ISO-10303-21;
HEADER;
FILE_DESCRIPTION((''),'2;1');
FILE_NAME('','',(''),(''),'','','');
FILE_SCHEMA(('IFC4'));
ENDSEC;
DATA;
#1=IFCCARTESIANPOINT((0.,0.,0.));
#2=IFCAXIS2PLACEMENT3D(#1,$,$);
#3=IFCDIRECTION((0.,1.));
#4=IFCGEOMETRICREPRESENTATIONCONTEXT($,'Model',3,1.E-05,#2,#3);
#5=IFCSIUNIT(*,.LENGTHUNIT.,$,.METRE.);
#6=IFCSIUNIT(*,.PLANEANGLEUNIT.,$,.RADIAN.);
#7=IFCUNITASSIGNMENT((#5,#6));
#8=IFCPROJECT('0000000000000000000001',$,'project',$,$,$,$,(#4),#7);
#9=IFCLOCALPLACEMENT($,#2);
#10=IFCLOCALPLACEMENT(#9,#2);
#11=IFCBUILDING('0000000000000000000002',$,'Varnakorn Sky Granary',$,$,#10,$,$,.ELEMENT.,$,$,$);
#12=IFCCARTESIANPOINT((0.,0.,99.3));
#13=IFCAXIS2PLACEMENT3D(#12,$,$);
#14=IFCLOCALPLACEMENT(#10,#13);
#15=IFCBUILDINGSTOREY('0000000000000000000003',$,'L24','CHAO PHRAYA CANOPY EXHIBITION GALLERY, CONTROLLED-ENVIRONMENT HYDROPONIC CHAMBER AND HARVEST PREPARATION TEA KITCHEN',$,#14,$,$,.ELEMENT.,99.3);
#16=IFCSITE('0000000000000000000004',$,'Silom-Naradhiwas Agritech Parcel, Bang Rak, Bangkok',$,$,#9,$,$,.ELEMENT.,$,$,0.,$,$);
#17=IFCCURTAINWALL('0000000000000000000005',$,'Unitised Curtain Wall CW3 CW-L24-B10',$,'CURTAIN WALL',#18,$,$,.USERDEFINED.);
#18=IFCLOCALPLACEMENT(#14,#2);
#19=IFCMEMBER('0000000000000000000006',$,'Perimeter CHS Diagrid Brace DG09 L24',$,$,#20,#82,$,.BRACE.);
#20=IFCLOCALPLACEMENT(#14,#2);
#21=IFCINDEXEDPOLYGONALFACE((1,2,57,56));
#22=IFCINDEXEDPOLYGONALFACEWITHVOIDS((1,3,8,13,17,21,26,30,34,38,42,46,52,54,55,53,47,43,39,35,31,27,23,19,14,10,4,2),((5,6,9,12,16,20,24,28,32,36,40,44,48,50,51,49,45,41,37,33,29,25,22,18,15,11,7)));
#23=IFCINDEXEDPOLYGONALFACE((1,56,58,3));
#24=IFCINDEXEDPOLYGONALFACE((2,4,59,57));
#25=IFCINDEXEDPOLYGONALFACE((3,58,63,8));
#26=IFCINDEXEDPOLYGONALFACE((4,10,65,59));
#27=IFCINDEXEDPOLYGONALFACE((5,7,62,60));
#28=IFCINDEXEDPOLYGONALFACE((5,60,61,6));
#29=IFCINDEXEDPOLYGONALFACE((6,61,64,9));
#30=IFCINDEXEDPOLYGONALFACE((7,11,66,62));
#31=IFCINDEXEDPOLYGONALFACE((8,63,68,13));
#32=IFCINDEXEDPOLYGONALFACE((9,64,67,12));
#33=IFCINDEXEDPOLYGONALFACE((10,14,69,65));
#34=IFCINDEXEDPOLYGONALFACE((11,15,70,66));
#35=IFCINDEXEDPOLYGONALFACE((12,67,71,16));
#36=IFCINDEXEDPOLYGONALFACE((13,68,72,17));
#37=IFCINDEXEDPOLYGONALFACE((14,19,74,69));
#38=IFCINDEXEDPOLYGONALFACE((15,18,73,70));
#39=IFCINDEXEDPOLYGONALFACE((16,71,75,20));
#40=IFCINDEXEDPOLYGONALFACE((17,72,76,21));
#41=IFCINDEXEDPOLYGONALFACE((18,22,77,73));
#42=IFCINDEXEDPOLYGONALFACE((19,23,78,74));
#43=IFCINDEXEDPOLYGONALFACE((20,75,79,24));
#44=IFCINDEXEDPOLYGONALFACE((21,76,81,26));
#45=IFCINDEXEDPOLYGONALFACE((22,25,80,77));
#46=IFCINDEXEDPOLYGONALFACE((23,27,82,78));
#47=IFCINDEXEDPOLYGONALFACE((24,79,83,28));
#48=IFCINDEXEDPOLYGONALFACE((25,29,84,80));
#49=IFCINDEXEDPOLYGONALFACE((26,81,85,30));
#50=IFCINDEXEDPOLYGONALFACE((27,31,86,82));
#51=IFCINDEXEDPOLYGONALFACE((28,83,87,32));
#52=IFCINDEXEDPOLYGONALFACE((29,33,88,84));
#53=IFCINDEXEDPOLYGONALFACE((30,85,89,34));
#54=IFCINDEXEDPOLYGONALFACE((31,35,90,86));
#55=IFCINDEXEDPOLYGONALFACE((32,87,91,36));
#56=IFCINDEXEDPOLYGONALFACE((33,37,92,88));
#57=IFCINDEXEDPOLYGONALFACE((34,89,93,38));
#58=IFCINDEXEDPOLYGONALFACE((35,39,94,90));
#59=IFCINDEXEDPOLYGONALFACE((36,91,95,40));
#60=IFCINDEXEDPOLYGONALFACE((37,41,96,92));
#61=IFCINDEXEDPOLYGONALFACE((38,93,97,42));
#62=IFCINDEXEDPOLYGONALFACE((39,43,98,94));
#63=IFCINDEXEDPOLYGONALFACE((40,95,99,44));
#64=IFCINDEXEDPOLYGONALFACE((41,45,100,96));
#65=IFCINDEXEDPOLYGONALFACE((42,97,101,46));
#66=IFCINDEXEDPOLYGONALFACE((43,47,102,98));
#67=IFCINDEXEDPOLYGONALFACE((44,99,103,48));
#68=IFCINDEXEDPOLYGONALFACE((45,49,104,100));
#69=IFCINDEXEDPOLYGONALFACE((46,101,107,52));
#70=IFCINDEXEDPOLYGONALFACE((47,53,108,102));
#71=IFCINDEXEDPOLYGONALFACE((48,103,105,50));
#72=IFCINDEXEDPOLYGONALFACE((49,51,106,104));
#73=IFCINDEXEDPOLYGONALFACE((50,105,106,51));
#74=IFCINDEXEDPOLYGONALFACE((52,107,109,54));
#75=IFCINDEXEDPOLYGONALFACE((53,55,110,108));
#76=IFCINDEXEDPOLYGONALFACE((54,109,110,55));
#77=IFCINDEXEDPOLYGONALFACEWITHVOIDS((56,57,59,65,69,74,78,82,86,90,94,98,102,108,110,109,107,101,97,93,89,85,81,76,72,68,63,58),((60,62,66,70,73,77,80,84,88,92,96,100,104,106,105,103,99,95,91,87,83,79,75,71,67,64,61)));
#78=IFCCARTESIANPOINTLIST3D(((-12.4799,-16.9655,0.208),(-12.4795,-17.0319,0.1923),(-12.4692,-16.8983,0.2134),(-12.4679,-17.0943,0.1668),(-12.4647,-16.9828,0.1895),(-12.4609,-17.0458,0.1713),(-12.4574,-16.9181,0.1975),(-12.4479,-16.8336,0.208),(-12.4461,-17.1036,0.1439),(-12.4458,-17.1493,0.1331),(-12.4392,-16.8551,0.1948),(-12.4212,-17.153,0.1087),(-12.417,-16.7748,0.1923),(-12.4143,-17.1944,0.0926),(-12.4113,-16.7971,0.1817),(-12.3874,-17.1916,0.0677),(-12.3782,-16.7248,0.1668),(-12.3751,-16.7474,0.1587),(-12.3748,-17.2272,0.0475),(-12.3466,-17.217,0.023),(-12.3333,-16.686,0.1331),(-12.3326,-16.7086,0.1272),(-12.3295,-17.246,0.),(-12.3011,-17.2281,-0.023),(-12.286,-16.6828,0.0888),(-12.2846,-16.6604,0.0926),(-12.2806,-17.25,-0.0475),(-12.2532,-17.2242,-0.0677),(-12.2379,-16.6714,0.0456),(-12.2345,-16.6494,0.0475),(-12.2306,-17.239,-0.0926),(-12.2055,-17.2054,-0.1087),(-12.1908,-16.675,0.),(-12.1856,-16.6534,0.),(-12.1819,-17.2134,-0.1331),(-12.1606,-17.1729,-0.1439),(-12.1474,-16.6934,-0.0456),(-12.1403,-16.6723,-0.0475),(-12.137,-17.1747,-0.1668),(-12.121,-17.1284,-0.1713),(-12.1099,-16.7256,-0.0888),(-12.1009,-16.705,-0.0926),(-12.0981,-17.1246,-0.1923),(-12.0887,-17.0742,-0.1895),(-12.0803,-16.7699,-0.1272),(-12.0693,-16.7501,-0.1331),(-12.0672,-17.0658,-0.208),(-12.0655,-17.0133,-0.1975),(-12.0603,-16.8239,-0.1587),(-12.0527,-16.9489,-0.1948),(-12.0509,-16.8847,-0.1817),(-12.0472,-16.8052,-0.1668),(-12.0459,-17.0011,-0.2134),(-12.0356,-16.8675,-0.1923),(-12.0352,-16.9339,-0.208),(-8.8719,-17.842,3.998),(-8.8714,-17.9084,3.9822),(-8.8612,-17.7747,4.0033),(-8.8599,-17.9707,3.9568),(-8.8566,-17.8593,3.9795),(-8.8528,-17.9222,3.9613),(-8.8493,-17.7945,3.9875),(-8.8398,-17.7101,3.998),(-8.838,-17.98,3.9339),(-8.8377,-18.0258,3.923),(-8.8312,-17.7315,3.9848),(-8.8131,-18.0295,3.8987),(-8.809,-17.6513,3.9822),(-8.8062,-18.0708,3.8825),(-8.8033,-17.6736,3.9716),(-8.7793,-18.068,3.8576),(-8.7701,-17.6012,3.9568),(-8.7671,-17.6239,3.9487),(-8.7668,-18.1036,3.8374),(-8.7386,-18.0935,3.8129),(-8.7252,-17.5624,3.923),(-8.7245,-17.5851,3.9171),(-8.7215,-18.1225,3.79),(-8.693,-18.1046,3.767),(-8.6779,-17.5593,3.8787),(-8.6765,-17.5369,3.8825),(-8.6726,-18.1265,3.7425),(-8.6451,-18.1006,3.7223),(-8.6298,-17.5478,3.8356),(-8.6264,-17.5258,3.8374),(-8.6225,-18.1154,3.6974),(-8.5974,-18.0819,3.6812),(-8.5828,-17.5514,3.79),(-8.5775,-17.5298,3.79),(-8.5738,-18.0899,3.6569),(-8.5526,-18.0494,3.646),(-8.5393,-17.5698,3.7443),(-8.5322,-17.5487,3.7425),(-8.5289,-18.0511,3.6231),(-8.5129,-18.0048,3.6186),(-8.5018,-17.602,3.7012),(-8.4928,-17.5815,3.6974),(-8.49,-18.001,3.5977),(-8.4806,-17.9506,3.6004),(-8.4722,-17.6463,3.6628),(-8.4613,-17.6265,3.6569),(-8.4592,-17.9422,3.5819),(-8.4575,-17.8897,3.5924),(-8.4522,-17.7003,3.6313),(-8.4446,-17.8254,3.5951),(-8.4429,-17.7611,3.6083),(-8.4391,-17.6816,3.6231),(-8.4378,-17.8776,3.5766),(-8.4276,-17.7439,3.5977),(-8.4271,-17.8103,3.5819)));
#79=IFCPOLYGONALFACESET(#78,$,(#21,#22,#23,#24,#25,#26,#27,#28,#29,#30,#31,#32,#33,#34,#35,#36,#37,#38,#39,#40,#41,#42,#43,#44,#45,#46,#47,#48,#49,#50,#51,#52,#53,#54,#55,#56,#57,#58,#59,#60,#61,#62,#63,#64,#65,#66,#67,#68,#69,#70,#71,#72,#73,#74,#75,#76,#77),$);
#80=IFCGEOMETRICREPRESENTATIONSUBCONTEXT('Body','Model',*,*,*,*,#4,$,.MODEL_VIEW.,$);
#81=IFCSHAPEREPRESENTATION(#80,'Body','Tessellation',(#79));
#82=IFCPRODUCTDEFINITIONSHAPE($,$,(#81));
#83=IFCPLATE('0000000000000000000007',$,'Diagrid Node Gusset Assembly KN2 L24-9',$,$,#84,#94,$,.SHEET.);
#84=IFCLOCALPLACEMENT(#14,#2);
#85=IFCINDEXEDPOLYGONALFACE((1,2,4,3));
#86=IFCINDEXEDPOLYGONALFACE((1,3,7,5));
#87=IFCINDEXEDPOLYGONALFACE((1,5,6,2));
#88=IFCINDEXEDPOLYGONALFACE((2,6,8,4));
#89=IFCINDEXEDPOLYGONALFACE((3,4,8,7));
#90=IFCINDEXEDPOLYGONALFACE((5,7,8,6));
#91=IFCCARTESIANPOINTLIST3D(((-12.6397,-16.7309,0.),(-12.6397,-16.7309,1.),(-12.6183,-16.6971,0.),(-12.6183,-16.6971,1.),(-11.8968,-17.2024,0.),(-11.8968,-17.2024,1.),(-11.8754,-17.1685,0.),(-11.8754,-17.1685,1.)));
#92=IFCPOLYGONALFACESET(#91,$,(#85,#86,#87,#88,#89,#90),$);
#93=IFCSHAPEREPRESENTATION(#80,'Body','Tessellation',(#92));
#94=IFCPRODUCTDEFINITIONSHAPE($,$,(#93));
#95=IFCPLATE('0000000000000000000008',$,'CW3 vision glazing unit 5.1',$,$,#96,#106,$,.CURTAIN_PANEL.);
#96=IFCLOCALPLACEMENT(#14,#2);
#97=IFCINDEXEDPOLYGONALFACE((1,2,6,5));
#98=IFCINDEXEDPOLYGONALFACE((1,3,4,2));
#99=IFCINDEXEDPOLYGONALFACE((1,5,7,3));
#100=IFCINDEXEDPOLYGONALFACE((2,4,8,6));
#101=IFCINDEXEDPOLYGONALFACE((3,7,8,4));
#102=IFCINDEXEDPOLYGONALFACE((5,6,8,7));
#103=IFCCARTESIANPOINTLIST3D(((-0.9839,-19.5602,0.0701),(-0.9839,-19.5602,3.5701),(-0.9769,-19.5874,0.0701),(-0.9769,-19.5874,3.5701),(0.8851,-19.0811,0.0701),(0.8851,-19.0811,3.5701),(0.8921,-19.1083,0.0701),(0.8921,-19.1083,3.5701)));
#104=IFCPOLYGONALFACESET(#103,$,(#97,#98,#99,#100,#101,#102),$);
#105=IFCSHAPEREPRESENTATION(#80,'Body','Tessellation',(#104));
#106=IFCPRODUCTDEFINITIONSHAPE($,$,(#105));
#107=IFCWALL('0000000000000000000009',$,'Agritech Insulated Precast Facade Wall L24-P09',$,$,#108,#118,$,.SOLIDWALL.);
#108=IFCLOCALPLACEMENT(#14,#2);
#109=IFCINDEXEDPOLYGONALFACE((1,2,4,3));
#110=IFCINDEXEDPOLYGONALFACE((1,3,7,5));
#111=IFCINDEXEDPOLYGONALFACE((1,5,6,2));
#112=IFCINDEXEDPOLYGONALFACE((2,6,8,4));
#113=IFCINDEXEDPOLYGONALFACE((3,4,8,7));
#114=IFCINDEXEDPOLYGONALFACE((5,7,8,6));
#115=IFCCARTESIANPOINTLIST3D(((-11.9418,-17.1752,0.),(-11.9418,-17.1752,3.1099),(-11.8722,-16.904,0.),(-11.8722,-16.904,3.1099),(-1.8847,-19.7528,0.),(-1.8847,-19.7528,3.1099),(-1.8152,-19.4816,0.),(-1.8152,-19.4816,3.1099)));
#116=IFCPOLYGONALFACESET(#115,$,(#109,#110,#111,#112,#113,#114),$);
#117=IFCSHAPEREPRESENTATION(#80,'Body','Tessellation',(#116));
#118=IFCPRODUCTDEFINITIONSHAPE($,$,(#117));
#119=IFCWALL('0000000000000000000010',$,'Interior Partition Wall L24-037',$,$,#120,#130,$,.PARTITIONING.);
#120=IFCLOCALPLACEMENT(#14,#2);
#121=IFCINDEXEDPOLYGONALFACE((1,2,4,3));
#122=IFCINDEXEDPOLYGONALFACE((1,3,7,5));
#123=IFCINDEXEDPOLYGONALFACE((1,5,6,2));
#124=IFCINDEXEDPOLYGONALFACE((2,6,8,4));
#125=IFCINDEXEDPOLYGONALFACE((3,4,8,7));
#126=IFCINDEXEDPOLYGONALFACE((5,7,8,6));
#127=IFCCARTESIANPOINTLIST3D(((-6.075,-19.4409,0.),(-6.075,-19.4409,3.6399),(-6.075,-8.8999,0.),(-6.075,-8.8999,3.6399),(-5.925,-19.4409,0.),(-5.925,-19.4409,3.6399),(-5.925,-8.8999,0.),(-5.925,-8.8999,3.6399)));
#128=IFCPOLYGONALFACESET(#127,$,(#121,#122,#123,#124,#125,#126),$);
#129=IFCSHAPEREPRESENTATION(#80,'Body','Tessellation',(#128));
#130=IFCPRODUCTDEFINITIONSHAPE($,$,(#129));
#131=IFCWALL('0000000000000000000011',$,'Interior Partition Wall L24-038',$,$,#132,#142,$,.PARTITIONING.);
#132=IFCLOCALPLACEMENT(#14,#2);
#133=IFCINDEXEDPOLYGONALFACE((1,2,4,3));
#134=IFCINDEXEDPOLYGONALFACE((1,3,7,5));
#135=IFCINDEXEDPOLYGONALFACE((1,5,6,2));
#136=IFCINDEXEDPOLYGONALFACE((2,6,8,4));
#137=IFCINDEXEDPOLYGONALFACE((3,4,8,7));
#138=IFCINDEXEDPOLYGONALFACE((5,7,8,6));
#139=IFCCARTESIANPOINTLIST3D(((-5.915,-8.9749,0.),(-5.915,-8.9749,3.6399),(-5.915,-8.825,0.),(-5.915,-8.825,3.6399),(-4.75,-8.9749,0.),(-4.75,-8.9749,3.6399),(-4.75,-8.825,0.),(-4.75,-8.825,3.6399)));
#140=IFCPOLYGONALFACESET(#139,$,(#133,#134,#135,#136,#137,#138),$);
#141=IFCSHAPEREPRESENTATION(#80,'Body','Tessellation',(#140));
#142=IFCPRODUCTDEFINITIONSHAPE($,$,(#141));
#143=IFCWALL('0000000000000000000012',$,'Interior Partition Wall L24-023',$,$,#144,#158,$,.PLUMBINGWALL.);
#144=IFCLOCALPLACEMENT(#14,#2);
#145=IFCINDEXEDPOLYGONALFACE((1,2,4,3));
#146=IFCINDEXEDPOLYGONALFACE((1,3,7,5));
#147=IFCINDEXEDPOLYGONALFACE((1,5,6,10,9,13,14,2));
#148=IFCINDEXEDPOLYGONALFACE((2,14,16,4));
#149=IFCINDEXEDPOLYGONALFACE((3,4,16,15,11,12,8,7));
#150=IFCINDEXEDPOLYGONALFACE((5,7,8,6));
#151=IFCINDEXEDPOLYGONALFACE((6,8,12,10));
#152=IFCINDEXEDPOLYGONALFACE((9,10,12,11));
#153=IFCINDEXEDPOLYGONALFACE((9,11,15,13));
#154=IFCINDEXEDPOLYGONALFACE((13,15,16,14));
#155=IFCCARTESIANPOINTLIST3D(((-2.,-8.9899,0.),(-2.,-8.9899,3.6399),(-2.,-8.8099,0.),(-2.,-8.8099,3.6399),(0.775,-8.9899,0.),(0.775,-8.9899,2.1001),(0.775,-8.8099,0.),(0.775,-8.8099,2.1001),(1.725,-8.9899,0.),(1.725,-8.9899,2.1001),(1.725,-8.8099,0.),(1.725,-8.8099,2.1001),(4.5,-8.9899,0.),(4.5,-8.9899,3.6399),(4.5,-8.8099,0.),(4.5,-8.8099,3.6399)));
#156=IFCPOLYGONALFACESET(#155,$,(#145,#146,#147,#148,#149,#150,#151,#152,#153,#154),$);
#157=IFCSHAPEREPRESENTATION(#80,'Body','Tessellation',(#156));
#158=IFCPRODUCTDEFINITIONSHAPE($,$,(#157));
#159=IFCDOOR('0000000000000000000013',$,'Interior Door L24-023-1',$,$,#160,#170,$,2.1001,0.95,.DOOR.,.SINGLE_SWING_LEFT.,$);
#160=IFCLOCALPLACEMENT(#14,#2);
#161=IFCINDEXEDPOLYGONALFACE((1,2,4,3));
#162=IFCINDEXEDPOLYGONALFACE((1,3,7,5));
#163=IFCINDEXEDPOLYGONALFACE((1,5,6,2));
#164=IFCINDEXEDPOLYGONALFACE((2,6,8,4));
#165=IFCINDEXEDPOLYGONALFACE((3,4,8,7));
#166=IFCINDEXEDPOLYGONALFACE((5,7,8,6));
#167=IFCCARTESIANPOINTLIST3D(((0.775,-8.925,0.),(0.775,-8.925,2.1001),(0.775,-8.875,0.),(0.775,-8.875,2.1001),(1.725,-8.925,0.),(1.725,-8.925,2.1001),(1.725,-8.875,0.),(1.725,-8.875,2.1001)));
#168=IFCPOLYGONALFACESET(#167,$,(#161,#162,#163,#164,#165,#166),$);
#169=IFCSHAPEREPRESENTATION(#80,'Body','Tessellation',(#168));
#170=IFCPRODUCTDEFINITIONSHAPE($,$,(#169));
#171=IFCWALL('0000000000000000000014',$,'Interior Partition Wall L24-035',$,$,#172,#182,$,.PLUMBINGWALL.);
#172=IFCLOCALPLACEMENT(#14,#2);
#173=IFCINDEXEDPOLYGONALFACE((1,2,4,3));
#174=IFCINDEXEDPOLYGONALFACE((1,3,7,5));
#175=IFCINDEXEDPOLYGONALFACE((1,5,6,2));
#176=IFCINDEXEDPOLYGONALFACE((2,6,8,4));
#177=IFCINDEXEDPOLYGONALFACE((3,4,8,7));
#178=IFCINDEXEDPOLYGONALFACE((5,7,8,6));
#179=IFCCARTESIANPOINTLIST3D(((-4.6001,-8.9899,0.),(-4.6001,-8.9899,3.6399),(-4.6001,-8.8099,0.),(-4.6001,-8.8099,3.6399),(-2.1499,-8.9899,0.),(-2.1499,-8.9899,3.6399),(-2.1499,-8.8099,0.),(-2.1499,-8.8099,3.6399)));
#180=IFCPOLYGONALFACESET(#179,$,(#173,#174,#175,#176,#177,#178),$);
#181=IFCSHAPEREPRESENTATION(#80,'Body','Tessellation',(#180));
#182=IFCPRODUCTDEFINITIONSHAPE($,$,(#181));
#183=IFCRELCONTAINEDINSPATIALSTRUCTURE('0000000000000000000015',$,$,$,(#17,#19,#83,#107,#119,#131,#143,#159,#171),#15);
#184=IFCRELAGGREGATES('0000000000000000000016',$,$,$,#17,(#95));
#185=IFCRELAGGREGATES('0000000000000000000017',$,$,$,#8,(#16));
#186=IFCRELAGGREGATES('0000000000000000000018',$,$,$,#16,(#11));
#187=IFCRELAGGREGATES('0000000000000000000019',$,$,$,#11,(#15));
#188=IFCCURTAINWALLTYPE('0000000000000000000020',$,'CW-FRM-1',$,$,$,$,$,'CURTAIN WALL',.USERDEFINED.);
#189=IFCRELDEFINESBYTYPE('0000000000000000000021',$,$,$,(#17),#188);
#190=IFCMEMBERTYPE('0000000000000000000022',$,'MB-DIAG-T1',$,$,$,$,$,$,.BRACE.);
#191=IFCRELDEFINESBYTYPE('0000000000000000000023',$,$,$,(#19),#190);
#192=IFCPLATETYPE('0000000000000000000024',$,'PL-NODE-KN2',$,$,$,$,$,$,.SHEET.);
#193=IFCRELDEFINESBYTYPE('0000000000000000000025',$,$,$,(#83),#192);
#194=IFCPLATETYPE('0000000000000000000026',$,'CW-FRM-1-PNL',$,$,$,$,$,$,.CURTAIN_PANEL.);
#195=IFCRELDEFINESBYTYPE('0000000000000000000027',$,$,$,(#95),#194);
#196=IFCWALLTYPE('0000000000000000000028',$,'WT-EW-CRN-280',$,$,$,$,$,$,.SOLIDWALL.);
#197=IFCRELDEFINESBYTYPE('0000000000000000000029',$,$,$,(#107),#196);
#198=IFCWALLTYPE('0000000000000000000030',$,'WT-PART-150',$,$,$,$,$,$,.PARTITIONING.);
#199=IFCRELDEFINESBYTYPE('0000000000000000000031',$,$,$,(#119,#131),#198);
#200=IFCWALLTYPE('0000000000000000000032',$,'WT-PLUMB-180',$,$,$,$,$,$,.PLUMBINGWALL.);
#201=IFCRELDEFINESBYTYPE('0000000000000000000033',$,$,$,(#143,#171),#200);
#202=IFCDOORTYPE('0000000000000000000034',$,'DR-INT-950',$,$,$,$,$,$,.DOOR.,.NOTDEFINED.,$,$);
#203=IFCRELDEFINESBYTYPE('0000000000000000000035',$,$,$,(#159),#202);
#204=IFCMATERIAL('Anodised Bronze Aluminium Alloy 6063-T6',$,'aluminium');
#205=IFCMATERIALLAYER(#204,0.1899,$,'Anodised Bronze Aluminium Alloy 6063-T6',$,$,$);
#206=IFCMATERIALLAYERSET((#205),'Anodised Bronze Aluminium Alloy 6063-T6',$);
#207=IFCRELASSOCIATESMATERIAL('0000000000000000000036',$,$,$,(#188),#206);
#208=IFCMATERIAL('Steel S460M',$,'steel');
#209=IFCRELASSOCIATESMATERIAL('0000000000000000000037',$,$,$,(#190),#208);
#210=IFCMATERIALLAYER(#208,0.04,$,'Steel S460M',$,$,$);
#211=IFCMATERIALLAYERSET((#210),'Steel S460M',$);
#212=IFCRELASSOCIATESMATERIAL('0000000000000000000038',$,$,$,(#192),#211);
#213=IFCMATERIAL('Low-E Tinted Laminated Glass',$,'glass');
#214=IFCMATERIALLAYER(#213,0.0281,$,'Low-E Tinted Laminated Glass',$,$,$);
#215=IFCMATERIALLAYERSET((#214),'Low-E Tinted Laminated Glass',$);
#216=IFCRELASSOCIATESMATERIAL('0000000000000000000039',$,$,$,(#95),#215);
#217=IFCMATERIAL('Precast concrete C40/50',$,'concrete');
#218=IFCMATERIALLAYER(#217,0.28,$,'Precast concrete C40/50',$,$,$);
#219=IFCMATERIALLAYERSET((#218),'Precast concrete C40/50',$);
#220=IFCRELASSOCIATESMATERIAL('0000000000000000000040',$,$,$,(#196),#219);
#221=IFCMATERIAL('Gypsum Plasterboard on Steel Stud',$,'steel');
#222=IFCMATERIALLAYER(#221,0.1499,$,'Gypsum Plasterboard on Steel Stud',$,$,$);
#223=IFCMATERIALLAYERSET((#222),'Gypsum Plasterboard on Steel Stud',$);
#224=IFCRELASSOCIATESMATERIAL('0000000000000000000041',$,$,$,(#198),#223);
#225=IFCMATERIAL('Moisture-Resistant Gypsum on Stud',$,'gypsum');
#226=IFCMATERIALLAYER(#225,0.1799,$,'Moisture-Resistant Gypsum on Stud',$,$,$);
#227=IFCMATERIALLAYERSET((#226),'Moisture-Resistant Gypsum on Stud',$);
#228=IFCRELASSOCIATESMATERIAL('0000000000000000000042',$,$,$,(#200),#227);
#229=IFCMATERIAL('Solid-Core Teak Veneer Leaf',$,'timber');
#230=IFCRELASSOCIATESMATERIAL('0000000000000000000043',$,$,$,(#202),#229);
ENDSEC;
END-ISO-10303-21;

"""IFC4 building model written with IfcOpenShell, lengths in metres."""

from ifc_helpers import new_model, si_unit, direction, frame, frame_2d, origin, origin_2d, place, context, subcontext, project, spatial, rectangle, hollow_circle, extrude, source, transform, mapped, material, layer, layer_set, material_profile, profile_set, type_object, type_shapes, element, fill, aggregate, save


model = new_model("IFC4")

# Units and contexts
model_context = context("Model", 3, precision=1e-05, world=origin(), true_north=direction((0.0, 1.0)))
body_context = subcontext(model_context, "Body", "Model", "MODEL_VIEW")
ifc_project = project(units=[si_unit("LENGTHUNIT", "METRE"), si_unit("PLANEANGLEUNIT", "RADIAN")], contexts=[model_context])

# Site, building, storey
site_placement = place(None, origin())
site = spatial("IfcSite", under=ifc_project, at=site_placement, Name="Silom-Naradhiwas Agritech Parcel, Bang Rak, Bangkok", CompositionType="ELEMENT", RefElevation=0.0)
building_placement = place(site_placement, origin())
building = spatial("IfcBuilding", under=site, at=building_placement, Name="Varnakorn Sky Granary", CompositionType="ELEMENT")
storey_placement = place(building_placement, frame((0.0, 0.0, 99.3)))
storey = spatial("IfcBuildingStorey", under=building, at=storey_placement, Name="L24", Description="CHAO PHRAYA CANOPY EXHIBITION GALLERY, CONTROLLED-ENVIRONMENT HYDROPONIC CHAMBER AND HARVEST PREPARATION TEA KITCHEN", CompositionType="ELEMENT", Elevation=99.3)

# Shared definitions
ifc_material_1 = material(Name="Steel S460M", Category="steel")

# Curtain wall
ifc_material_2 = material(Name="Anodised Bronze Aluminium Alloy 6063-T6", Category="aluminium")
ifc_layer_1 = layer(ifc_material_2, 0.1899, Name="Anodised Bronze Aluminium Alloy 6063-T6")
ifc_layer_set_1 = layer_set([ifc_layer_1], Name="Anodised Bronze Aluminium Alloy 6063-T6")
curtain_wall_type = type_object("IfcCurtainWallType", Name="CW-FRM-1", ElementType="CURTAIN WALL", PredefinedType="USERDEFINED", material=ifc_layer_set_1)
curtain_wall_1_placement = place(storey_placement, origin())
curtain_wall_1 = element("IfcCurtainWall", 1, at=curtain_wall_1_placement, inside=storey, type_object=curtain_wall_type, Name="Unitised Curtain Wall CW3 CW-L24-B10", ObjectType="CURTAIN WALL", PredefinedType="USERDEFINED")

# Member
ifc_material_profile_1 = material_profile(ifc_material_1, hollow_circle(Radius=0.3049, WallThickness=0.0222, at=origin_2d()), Name="CHS 610x22")
ifc_profile_set_1 = profile_set([ifc_material_profile_1], Name="Steel S460M")
member_type_1 = type_object("IfcMemberType", Name="MB-DIAG-T1", PredefinedType="BRACE", material=ifc_profile_set_1)
member_1_placement = place(storey_placement, frame((-12.2576, -16.9497, 0.0), z_axis=(0.680041, -0.16519, 0.714322), x_axis=(0.236048, 0.971741, 0.0)))
element("IfcMember", 2, at=member_1_placement, inside=storey, type_object=member_type_1, Name="Perimeter CHS Diagrid Brace DG09 L24", PredefinedType="BRACE", context=body_context, shape_type="SweptSolid", body=[
    extrude(hollow_circle(Radius=0.3049, WallThickness=0.0222, at=origin_2d()), origin(), (0.0, 0.0, 1.0), 5.3057),
])

# Plates
ifc_layer_2 = layer(ifc_material_1, 0.04, Name="Steel S460M")
ifc_layer_set_2 = layer_set([ifc_layer_2], Name="Steel S460M")
plate_type_1 = type_object("IfcPlateType", Name="PL-NODE-KN2", PredefinedType="SHEET", material=ifc_layer_set_2)
plate_1_placement = place(storey_placement, frame((-12.2576, -16.9497, 0.0), z_axis=(0.0, 0.0, 1.0), x_axis=(0.844309, -0.535856, 0.0)))
element("IfcPlate", 3, at=plate_1_placement, inside=storey, type_object=plate_type_1, Name="Diagrid Node Gusset Assembly KN2 L24-9", PredefinedType="SHEET", context=body_context, shape_type="SweptSolid", body=[
    extrude(rectangle(XDim=0.8799, YDim=0.04, at=origin_2d()), origin(), (0.0, 0.0, 1.0), 1.0),
])
ifc_material_3 = material(Name="Low-E Tinted Laminated Glass", Category="glass")
ifc_layer_3 = layer(ifc_material_3, 0.0281, Name="Low-E Tinted Laminated Glass")
ifc_layer_set_3 = layer_set([ifc_layer_3], Name="Low-E Tinted Laminated Glass")
plate_type_2 = type_object("IfcPlateType", Name="CW-FRM-1-PNL", PredefinedType="CURTAIN_PANEL")
shared_shape_1 = source(origin(), body_context, "Body", "SweptSolid", [
    extrude(rectangle(XDim=1.9294, YDim=0.0281, at=origin_2d()), origin(), (0.0, 0.0, 1.0), 3.5),
])
type_shapes(plate_type_2, [shared_shape_1])
plate_2_placement = place(storey_placement, frame((-0.0459, -19.3342, 0.0701), z_axis=(0.0, 0.0, 1.0), x_axis=(-0.968687, -0.248284, 0.0)))
plate_2 = element("IfcPlate", 4, at=plate_2_placement, type_object=plate_type_2, material=ifc_layer_set_3, Name="CW3 vision glazing unit 5.1", PredefinedType="CURTAIN_PANEL", context=body_context, shape_type="MappedRepresentation", body=[
    mapped(shared_shape_1, transform((0.0, 0.0, 0.0), x_axis=(1.0, 0.0, 0.0), y_axis=(0.0, 1.0, 0.0), z_axis=(0.0, 0.0, 1.0), scale=1.0)),
])
aggregate(curtain_wall_1, [plate_2])

# Walls
ifc_material_4 = material(Name="Precast concrete C40/50", Category="concrete")
ifc_layer_4 = layer(ifc_material_4, 0.28, Name="Precast concrete C40/50")
ifc_layer_set_4 = layer_set([ifc_layer_4], Name="Precast concrete C40/50")
wall_type_1 = type_object("IfcWallType", Name="WT-EW-CRN-280", PredefinedType="SOLIDWALL", material=ifc_layer_set_4)
wall_1_placement = place(storey_placement, frame((-1.8501, -19.6172, 0.0), z_axis=(0.0, 0.0, 1.0), x_axis=(-0.96869, 0.248275, 0.0)))
element("IfcWall", 5, at=wall_1_placement, inside=storey, type_object=wall_type_1, Name="Agritech Insulated Precast Facade Wall L24-P09", PredefinedType="SOLIDWALL", context=body_context, shape_type="SweptSolid", body=[
    extrude(rectangle(XDim=10.3821, YDim=0.28, at=frame_2d((5.1909, 0.0))), origin(), (0.0, 0.0, 1.0), 3.1099),
])
ifc_material_5 = material(Name="Gypsum Plasterboard on Steel Stud", Category="steel")
ifc_layer_5 = layer(ifc_material_5, 0.1499, Name="Gypsum Plasterboard on Steel Stud")
ifc_layer_set_5 = layer_set([ifc_layer_5], Name="Gypsum Plasterboard on Steel Stud")
wall_type_2 = type_object("IfcWallType", Name="WT-PART-150", PredefinedType="PARTITIONING", material=ifc_layer_set_5)
wall_2_placement = place(storey_placement, frame((-6.0, -19.4409, 0.0), z_axis=(0.0, 0.0, 1.0), x_axis=(0.0, 1.0, 0.0)))
element("IfcWall", 6, at=wall_2_placement, inside=storey, type_object=wall_type_2, Name="Interior Partition Wall L24-037", PredefinedType="PARTITIONING", context=body_context, shape_type="SweptSolid", body=[
    extrude(rectangle(XDim=10.541, YDim=0.1499, at=frame_2d((5.2705, 0.0))), origin(), (0.0, 0.0, 1.0), 3.6399),
])
wall_3_placement = place(storey_placement, frame((-5.915, -8.8999, 0.0), z_axis=(0.0, 0.0, 1.0), x_axis=(1.0, 0.0, 0.0)))
element("IfcWall", 7, at=wall_3_placement, inside=storey, type_object=wall_type_2, Name="Interior Partition Wall L24-038", PredefinedType="PARTITIONING", context=body_context, shape_type="SweptSolid", body=[
    extrude(rectangle(XDim=1.165, YDim=0.1499, at=frame_2d((0.5825, 0.0))), origin(), (0.0, 0.0, 1.0), 3.6399),
])

# Wall, opening, door
ifc_material_6 = material(Name="Moisture-Resistant Gypsum on Stud", Category="gypsum")
ifc_layer_6 = layer(ifc_material_6, 0.1799, Name="Moisture-Resistant Gypsum on Stud")
ifc_layer_set_6 = layer_set([ifc_layer_6], Name="Moisture-Resistant Gypsum on Stud")
wall_type_3 = type_object("IfcWallType", Name="WT-PLUMB-180", PredefinedType="PLUMBINGWALL", material=ifc_layer_set_6)
wall_4_placement = place(storey_placement, frame((-2.0, -8.8999, 0.0), z_axis=(0.0, 0.0, 1.0), x_axis=(1.0, 0.0, 0.0)))
wall_4 = element("IfcWall", 8, at=wall_4_placement, inside=storey, type_object=wall_type_3, Name="Interior Partition Wall L24-023", PredefinedType="PLUMBINGWALL", context=body_context, shape_type="SweptSolid", body=[
    extrude(rectangle(XDim=6.5, YDim=0.1799, at=frame_2d((3.25, 0.0))), origin(), (0.0, 0.0, 1.0), 3.6399),
])
opening_placement = place(wall_4_placement, frame((2.7749, 0.0, 0.0)))
opening = element("IfcOpeningElement", 9, at=opening_placement, cuts=wall_4, PredefinedType="OPENING", context=body_context, shape_type="SweptSolid", body=[
    extrude(rectangle(XDim=0.95, YDim=2.1001, at=frame_2d((0.4751, 1.05))), frame((0.0, 0.1001, 0.0), z_axis=(0.0, -1.0, 0.0), x_axis=(1.0, 0.0, 0.0)), (0.0, 0.0, 1.0), 0.2),
])
ifc_material_7 = material(Name="Solid-Core Teak Veneer Leaf", Category="timber")
door_type = type_object("IfcDoorType", Name="DR-INT-950", OperationType="NOTDEFINED", PredefinedType="DOOR", material=ifc_material_7)
door_placement = place(opening_placement, origin())
door = element("IfcDoor", 10, at=door_placement, inside=storey, type_object=door_type, Name="Interior Door L24-023-1", OperationType="SINGLE_SWING_LEFT", OverallHeight=2.1001, OverallWidth=0.95, PredefinedType="DOOR", context=body_context, shape_type="SweptSolid", body=[
    extrude(rectangle(XDim=0.95, YDim=2.1001, at=frame_2d((0.4751, 1.05))), frame((0.0, 0.0249, 0.0), z_axis=(0.0, -1.0, 0.0), x_axis=(1.0, 0.0, 0.0)), (0.0, 0.0, 1.0), 0.05),
])
fill(opening, door)

# Wall
wall_5_placement = place(storey_placement, frame((-4.6001, -8.8999, 0.0), z_axis=(0.0, 0.0, 1.0), x_axis=(1.0, 0.0, 0.0)))
element("IfcWall", 11, at=wall_5_placement, inside=storey, type_object=wall_type_3, Name="Interior Partition Wall L24-035", PredefinedType="PLUMBINGWALL", context=body_context, shape_type="SweptSolid", body=[
    extrude(rectangle(XDim=2.4502, YDim=0.1799, at=frame_2d((1.2251, 0.0))), origin(), (0.0, 0.0, 1.0), 3.6399),
])

save(model, "model.ifc")
